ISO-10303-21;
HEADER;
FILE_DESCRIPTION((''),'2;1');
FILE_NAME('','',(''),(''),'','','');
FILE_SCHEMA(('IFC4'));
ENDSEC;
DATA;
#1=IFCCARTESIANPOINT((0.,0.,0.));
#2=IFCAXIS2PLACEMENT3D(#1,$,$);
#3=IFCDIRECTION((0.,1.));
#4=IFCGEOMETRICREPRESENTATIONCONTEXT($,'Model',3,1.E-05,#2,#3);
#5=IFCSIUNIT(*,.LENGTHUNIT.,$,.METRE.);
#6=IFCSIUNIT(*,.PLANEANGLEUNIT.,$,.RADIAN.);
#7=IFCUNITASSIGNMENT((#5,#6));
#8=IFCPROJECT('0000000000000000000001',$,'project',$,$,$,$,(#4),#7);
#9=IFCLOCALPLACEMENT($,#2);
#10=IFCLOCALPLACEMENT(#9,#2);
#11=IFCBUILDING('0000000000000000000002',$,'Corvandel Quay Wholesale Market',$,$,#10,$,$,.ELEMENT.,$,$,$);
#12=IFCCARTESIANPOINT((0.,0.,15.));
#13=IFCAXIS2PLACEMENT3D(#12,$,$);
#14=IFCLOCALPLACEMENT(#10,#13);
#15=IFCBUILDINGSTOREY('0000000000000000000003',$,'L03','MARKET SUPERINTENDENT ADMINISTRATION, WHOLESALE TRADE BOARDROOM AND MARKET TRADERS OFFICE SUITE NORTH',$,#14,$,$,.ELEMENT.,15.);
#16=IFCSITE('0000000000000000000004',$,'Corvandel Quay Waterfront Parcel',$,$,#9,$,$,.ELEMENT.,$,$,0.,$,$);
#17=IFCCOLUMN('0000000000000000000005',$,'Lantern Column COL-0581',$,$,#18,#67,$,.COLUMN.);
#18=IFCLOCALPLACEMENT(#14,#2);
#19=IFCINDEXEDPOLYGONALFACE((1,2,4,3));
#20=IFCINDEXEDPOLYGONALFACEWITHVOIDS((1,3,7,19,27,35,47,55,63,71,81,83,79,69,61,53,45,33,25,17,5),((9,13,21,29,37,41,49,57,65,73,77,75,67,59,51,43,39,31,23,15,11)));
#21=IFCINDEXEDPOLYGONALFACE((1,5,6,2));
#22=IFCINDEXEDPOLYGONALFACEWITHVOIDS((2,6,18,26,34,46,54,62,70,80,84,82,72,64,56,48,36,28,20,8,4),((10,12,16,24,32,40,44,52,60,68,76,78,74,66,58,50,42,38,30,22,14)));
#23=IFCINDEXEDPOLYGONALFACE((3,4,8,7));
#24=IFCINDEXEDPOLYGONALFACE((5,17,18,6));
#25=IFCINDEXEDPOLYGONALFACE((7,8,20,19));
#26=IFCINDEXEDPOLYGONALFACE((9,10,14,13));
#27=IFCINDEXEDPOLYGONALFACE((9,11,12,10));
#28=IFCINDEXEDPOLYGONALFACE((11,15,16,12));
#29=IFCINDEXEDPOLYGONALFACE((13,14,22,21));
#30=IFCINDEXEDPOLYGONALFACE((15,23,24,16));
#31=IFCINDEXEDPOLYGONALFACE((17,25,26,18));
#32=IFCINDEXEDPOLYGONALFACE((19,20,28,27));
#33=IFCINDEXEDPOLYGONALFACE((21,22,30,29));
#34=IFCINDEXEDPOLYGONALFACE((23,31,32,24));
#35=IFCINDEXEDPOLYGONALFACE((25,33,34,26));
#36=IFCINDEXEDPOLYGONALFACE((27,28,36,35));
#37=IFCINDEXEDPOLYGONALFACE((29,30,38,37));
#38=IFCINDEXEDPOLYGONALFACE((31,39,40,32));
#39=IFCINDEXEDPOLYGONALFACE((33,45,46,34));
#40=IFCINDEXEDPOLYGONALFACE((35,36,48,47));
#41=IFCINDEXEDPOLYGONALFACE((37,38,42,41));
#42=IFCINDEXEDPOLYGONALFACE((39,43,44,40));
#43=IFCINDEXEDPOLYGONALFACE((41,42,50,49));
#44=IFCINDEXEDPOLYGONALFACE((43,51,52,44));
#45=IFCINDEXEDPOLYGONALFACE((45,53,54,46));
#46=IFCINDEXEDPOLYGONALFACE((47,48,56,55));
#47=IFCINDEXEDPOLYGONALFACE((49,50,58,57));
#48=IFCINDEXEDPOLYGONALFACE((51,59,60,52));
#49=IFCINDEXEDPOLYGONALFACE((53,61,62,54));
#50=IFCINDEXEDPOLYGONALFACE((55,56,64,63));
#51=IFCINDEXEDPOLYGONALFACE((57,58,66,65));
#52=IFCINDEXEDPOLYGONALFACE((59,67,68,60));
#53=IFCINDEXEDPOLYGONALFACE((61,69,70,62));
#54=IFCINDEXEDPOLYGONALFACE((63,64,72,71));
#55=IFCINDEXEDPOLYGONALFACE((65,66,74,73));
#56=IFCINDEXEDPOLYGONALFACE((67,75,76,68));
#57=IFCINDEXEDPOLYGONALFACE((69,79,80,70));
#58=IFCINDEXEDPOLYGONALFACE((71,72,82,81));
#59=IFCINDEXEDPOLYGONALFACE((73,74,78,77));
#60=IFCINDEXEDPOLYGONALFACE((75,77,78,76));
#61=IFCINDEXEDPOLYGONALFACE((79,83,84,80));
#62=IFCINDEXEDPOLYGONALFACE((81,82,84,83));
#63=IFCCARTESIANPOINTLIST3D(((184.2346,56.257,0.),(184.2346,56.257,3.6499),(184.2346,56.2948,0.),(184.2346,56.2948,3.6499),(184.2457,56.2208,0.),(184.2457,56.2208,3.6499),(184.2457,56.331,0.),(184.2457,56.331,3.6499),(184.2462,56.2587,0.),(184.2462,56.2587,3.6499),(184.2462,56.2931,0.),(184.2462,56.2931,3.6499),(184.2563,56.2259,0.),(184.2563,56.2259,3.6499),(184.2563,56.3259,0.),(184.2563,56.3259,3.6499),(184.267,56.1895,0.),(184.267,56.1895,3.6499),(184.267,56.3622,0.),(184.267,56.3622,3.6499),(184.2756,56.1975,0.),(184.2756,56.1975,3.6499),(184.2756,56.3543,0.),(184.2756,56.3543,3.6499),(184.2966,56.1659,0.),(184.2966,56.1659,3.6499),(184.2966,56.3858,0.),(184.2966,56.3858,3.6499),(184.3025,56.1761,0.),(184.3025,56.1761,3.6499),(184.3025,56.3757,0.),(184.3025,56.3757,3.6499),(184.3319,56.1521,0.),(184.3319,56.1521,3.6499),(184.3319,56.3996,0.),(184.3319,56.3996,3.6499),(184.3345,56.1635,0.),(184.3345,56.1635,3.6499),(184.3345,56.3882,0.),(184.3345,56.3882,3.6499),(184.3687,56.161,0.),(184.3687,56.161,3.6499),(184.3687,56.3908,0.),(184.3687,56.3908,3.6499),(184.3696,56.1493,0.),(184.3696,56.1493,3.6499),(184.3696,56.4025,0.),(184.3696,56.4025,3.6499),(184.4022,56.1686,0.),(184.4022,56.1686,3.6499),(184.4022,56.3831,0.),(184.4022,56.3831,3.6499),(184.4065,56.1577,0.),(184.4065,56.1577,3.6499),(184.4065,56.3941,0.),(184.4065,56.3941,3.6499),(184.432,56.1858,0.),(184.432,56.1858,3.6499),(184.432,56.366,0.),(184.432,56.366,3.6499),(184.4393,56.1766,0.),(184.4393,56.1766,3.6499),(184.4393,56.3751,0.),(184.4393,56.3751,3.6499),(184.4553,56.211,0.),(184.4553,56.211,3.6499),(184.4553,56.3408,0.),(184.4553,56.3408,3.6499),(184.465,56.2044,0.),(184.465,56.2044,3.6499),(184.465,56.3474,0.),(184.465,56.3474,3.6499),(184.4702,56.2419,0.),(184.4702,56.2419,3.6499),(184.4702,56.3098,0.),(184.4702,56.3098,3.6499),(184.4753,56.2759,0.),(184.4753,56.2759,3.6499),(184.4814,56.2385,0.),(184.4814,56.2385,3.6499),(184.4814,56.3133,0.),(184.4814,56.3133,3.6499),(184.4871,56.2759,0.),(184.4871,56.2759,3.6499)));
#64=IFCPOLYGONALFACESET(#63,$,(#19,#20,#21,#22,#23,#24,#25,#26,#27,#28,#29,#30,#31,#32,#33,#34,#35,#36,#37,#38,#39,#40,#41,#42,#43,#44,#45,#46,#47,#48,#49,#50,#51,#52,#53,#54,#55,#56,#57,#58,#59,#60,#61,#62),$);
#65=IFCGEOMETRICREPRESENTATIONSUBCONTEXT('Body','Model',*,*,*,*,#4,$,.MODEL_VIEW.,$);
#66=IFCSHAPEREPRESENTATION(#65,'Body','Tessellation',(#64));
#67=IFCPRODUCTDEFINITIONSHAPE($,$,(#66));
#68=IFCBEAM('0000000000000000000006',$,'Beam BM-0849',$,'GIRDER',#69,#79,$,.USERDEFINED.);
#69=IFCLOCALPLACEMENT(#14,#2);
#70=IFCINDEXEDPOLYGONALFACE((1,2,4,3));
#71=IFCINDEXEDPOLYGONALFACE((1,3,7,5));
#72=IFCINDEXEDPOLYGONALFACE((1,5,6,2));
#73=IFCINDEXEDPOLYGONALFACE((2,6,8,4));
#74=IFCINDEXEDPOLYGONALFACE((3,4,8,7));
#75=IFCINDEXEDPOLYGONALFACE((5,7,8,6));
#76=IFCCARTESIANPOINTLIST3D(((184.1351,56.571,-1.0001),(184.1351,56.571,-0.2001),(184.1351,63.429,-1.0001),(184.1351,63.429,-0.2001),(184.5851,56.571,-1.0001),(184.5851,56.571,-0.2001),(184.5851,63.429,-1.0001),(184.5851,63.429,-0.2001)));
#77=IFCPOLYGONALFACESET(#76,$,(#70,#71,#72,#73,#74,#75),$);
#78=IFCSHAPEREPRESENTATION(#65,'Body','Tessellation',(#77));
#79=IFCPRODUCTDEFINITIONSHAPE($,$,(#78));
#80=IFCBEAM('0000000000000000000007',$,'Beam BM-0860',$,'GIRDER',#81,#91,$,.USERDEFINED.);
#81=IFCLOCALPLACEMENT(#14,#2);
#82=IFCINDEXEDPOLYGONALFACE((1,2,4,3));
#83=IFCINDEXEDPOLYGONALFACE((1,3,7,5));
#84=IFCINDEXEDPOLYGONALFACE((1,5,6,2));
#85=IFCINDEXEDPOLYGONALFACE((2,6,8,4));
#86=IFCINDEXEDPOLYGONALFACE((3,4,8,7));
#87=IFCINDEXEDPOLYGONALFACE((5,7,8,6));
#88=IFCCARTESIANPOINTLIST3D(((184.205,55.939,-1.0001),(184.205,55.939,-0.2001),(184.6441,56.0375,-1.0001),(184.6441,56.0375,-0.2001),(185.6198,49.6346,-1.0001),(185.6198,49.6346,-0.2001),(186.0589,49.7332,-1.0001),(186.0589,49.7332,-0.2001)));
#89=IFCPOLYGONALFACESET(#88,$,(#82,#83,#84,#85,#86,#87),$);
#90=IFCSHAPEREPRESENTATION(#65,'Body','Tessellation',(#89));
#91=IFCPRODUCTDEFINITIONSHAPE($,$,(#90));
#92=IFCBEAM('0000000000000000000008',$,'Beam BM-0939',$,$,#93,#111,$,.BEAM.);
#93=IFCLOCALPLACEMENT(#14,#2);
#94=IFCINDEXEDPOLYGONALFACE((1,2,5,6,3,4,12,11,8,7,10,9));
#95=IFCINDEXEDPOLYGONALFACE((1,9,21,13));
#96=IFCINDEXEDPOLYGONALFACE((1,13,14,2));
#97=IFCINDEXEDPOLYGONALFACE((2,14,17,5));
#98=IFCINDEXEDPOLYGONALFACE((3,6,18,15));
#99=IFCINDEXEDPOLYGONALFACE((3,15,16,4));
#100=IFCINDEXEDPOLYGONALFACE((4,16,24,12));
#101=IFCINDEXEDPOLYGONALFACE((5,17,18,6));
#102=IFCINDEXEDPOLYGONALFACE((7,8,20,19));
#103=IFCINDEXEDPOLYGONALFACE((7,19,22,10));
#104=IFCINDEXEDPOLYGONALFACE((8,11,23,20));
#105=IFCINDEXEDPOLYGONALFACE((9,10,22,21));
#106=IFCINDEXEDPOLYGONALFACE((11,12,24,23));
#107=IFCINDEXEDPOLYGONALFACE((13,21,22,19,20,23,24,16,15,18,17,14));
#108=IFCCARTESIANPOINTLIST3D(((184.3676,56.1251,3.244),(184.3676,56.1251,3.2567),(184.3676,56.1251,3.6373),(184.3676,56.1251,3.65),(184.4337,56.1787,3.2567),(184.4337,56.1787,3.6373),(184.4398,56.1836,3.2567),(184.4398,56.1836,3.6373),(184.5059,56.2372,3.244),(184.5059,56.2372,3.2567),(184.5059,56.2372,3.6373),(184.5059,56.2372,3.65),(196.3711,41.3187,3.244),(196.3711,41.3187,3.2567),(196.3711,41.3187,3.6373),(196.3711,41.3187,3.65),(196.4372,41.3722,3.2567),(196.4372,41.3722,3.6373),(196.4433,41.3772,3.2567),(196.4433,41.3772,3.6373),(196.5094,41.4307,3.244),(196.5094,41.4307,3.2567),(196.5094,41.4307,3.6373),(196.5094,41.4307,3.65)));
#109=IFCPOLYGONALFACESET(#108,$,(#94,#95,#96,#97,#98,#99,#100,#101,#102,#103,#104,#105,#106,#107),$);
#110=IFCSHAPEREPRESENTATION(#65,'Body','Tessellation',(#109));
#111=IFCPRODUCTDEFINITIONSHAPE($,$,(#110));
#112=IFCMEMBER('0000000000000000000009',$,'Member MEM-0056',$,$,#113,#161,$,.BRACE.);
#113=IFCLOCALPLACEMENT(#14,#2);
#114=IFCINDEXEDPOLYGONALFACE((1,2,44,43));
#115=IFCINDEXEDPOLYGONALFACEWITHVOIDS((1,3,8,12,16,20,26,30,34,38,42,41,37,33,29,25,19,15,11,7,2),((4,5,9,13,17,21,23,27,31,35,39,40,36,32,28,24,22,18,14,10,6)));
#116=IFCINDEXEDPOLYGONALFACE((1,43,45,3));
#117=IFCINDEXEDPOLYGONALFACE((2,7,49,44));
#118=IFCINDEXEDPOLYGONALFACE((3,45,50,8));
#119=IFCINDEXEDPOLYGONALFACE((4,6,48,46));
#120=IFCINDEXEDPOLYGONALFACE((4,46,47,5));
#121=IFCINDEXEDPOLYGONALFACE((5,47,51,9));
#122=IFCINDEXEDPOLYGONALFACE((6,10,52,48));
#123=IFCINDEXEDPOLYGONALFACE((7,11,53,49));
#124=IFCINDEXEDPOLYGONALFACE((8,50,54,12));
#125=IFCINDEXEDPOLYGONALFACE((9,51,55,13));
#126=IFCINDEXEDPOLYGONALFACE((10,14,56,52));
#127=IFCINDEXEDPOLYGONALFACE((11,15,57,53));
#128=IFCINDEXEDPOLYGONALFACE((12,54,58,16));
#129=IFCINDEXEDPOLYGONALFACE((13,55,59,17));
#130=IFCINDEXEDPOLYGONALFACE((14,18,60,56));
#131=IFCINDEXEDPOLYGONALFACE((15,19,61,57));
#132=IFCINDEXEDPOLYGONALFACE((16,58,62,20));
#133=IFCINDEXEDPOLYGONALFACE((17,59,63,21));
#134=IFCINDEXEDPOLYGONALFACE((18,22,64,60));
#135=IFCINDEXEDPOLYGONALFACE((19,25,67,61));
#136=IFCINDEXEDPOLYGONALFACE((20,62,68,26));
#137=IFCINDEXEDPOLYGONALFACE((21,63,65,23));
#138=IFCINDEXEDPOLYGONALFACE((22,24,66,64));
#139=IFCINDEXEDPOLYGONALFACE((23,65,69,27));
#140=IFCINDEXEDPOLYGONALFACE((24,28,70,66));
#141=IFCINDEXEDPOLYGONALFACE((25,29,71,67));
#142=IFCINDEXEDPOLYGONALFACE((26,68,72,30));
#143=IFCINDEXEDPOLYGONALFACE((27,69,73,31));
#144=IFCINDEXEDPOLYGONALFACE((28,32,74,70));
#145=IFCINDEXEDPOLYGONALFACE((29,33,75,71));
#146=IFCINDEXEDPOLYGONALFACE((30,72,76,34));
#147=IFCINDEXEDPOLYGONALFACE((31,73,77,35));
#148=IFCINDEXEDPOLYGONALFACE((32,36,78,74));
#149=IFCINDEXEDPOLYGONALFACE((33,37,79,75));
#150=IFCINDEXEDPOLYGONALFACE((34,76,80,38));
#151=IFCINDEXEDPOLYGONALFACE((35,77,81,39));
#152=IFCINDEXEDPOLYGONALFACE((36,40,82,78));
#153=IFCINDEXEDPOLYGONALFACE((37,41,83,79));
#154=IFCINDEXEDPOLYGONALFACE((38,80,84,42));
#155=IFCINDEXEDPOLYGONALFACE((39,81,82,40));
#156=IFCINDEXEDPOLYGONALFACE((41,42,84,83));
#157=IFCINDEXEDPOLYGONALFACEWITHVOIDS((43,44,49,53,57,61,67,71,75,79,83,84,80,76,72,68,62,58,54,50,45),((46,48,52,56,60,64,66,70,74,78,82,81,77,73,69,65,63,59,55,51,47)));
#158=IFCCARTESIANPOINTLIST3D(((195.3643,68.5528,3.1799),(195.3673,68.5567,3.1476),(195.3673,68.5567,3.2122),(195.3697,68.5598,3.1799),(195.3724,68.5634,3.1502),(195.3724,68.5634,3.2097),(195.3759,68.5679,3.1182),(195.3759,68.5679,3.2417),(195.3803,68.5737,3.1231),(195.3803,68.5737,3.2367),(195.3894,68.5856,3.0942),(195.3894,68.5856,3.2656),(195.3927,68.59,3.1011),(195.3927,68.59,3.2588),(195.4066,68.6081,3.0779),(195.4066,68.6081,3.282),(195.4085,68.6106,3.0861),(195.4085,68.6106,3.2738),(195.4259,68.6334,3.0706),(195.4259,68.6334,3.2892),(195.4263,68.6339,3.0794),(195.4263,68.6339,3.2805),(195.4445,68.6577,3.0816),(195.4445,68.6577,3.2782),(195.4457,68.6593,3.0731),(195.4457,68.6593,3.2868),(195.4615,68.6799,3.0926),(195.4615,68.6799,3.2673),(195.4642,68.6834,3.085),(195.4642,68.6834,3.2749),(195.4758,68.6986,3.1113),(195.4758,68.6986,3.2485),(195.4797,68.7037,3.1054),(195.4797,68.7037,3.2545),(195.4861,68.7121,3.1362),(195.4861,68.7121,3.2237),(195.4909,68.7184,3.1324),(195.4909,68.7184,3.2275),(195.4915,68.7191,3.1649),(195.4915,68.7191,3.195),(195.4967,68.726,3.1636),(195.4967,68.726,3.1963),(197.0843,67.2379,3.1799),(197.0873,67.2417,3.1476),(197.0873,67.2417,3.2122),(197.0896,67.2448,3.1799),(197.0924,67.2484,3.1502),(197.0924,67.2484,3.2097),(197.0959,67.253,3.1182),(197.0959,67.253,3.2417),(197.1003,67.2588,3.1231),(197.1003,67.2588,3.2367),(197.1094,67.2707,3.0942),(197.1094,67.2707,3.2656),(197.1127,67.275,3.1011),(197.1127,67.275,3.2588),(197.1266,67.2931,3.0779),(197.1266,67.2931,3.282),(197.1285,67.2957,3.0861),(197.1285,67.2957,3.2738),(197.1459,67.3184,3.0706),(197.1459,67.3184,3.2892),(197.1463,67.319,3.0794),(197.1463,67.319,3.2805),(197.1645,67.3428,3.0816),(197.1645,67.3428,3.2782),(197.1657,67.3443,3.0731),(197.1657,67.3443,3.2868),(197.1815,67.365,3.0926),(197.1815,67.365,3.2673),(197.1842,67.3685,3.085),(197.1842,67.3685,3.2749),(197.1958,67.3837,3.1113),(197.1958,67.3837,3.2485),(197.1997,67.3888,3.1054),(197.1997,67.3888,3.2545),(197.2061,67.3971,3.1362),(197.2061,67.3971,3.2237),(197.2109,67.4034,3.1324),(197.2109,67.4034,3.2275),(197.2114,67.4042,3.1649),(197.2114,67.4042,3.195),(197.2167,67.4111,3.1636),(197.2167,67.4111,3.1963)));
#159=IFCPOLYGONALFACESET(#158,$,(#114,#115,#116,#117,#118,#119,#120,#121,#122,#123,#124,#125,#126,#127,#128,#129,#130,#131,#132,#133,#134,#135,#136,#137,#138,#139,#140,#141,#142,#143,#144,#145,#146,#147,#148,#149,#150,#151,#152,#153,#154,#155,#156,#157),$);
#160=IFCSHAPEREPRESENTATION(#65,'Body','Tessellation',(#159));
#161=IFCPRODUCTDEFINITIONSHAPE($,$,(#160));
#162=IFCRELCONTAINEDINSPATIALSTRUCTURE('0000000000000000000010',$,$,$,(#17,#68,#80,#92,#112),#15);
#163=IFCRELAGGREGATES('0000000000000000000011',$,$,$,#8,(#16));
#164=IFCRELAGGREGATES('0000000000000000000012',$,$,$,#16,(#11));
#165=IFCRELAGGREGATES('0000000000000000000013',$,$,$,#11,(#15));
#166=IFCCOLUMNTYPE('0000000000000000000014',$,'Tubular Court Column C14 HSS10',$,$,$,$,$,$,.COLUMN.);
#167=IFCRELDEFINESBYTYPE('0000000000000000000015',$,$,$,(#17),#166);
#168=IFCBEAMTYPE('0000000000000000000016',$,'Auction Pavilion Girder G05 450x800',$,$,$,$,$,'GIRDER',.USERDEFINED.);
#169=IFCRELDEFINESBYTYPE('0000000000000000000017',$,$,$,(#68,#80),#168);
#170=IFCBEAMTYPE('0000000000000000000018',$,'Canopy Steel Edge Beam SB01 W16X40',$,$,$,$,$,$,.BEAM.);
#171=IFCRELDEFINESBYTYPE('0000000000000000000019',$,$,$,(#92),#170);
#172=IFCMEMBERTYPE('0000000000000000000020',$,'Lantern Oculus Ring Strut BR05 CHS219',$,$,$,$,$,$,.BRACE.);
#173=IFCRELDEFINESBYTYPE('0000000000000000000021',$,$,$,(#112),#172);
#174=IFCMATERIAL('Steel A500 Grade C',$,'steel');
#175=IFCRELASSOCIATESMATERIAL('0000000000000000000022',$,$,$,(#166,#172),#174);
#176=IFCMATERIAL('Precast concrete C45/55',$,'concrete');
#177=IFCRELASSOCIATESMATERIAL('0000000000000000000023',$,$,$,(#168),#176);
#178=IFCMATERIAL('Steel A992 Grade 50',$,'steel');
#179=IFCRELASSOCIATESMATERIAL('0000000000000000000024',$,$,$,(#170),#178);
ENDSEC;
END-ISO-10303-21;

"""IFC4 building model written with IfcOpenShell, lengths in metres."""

from ifc_helpers import new_model, si_unit, direction, frame, origin, origin_2d, place, context, subcontext, project, spatial, rectangle, hollow_circle, i_section, extrude, material, material_profile, profile_set, type_object, element, save


model = new_model("IFC4")

# Units and contexts
model_context = context("Model", 3, precision=1e-05, world=origin(), true_north=direction((0.0, 1.0)))
body_context = subcontext(model_context, "Body", "Model", "MODEL_VIEW")
ifc_project = project(units=[si_unit("LENGTHUNIT", "METRE"), si_unit("PLANEANGLEUNIT", "RADIAN")], contexts=[model_context])

# Site, building, storey
site_placement = place(None, origin())
site = spatial("IfcSite", under=ifc_project, at=site_placement, Name="Corvandel Quay Waterfront Parcel", CompositionType="ELEMENT", RefElevation=0.0)
building_placement = place(site_placement, origin())
building = spatial("IfcBuilding", under=site, at=building_placement, Name="Corvandel Quay Wholesale Market", CompositionType="ELEMENT")
storey_placement = place(building_placement, frame((0.0, 0.0, 15.0)))
storey = spatial("IfcBuildingStorey", under=building, at=storey_placement, Name="L03", Description="MARKET SUPERINTENDENT ADMINISTRATION, WHOLESALE TRADE BOARDROOM AND MARKET TRADERS OFFICE SUITE NORTH", CompositionType="ELEMENT", Elevation=15.0)

# Column
ifc_material_1 = material(Name="Steel A500 Grade C", Category="steel")
ifc_material_profile_1 = material_profile(ifc_material_1, hollow_circle(Radius=0.127, WallThickness=0.0117, at=origin_2d()), Name="HSS10.000X0.500")
ifc_profile_set_1 = profile_set([ifc_material_profile_1], Name="Steel A500 Grade C")
column_type = type_object("IfcColumnType", Name="Tubular Court Column C14 HSS10", PredefinedType="COLUMN", material=ifc_profile_set_1)
column_placement = place(storey_placement, frame((184.3601, 56.2759, 0.0), z_axis=(0.0, 0.0, 1.0), x_axis=(1.0, 0.0, 0.0)))
element("IfcColumn", 1, at=column_placement, inside=storey, type_object=column_type, Name="Lantern Column COL-0581", PredefinedType="COLUMN", context=body_context, shape_type="SweptSolid", body=[
    extrude(hollow_circle(Radius=0.127, WallThickness=0.0117, at=origin_2d()), origin(), (0.0, 0.0, 1.0), 3.6499),
])

# Beams
ifc_material_2 = material(Name="Precast concrete C45/55", Category="concrete")
ifc_material_profile_2 = material_profile(ifc_material_2, rectangle(XDim=0.45, YDim=0.8, at=origin_2d()), Name="PC-GIR-450x800")
ifc_profile_set_2 = profile_set([ifc_material_profile_2], Name="Precast concrete C45/55")
beam_type_1 = type_object("IfcBeamType", Name="Auction Pavilion Girder G05 450x800", ElementType="GIRDER", PredefinedType="USERDEFINED", material=ifc_profile_set_2)
beam_1_placement = place(storey_placement, frame((184.3601, 63.429, -0.6001), z_axis=(0.0, -1.0, 0.0), x_axis=(1.0, 0.0, 0.0)))
element("IfcBeam", 2, at=beam_1_placement, inside=storey, type_object=beam_type_1, Name="Beam BM-0849", ObjectType="GIRDER", PredefinedType="USERDEFINED", context=body_context, shape_type="SweptSolid", body=[
    extrude(rectangle(XDim=0.45, YDim=0.8, at=origin_2d()), origin(), (0.0, 0.0, 1.0), 6.8579),
])
beam_2_placement = place(storey_placement, frame((184.4246, 55.9883, -0.6001), z_axis=(0.218966, -0.975732, 0.0), x_axis=(0.975732, 0.218966, 0.0)))
element("IfcBeam", 3, at=beam_2_placement, inside=storey, type_object=beam_type_1, Name="Beam BM-0860", ObjectType="GIRDER", PredefinedType="USERDEFINED", context=body_context, shape_type="SweptSolid", body=[
    extrude(rectangle(XDim=0.45, YDim=0.8, at=origin_2d()), origin(), (0.0, 0.0, 1.0), 6.4612),
])
ifc_material_3 = material(Name="Steel A992 Grade 50", Category="steel")
ifc_material_profile_3 = material_profile(ifc_material_3, i_section(OverallWidth=0.178, OverallDepth=0.406, WebThickness=0.0078, FlangeThickness=0.0127, at=origin_2d()), Name="W16X40")
ifc_profile_set_3 = profile_set([ifc_material_profile_3], Name="Steel A992 Grade 50")
beam_type_2 = type_object("IfcBeamType", Name="Canopy Steel Edge Beam SB01 W16X40", PredefinedType="BEAM", material=ifc_profile_set_3)
beam_3_placement = place(storey_placement, frame((184.4368, 56.1812, 3.447), z_axis=(0.629746, -0.776801, 0.0), x_axis=(0.776801, 0.629746, 0.0)))
element("IfcBeam", 4, at=beam_3_placement, inside=storey, type_object=beam_type_2, Name="Beam BM-0939", PredefinedType="BEAM", context=body_context, shape_type="SweptSolid", body=[
    extrude(i_section(OverallWidth=0.178, OverallDepth=0.406, WebThickness=0.0078, FlangeThickness=0.0127, at=origin_2d()), origin(), (0.0, 0.0, 1.0), 19.0608),
])

# Member
ifc_material_profile_4 = material_profile(ifc_material_1, hollow_circle(Radius=0.1096, WallThickness=0.0088, at=origin_2d()), Name="HSS8.625X0.375")
ifc_profile_set_4 = profile_set([ifc_material_profile_4], Name="Steel A500 Grade C")
member_type_1 = type_object("IfcMemberType", Name="Lantern Oculus Ring Strut BR05 CHS219", PredefinedType="BRACE", material=ifc_profile_set_4)
member_1_placement = place(storey_placement, frame((197.1509, 67.325, 3.1799), z_axis=(-0.794431, 0.607354, 0.0), x_axis=(-0.607354, -0.794431, 0.0)))
element("IfcMember", 5, at=member_1_placement, inside=storey, type_object=member_type_1, Name="Member MEM-0056", PredefinedType="BRACE", context=body_context, shape_type="SweptSolid", body=[
    extrude(hollow_circle(Radius=0.1096, WallThickness=0.0088, at=origin_2d()), origin(), (0.0, 0.0, 1.0), 2.165),
])

save(model, "model.ifc")
